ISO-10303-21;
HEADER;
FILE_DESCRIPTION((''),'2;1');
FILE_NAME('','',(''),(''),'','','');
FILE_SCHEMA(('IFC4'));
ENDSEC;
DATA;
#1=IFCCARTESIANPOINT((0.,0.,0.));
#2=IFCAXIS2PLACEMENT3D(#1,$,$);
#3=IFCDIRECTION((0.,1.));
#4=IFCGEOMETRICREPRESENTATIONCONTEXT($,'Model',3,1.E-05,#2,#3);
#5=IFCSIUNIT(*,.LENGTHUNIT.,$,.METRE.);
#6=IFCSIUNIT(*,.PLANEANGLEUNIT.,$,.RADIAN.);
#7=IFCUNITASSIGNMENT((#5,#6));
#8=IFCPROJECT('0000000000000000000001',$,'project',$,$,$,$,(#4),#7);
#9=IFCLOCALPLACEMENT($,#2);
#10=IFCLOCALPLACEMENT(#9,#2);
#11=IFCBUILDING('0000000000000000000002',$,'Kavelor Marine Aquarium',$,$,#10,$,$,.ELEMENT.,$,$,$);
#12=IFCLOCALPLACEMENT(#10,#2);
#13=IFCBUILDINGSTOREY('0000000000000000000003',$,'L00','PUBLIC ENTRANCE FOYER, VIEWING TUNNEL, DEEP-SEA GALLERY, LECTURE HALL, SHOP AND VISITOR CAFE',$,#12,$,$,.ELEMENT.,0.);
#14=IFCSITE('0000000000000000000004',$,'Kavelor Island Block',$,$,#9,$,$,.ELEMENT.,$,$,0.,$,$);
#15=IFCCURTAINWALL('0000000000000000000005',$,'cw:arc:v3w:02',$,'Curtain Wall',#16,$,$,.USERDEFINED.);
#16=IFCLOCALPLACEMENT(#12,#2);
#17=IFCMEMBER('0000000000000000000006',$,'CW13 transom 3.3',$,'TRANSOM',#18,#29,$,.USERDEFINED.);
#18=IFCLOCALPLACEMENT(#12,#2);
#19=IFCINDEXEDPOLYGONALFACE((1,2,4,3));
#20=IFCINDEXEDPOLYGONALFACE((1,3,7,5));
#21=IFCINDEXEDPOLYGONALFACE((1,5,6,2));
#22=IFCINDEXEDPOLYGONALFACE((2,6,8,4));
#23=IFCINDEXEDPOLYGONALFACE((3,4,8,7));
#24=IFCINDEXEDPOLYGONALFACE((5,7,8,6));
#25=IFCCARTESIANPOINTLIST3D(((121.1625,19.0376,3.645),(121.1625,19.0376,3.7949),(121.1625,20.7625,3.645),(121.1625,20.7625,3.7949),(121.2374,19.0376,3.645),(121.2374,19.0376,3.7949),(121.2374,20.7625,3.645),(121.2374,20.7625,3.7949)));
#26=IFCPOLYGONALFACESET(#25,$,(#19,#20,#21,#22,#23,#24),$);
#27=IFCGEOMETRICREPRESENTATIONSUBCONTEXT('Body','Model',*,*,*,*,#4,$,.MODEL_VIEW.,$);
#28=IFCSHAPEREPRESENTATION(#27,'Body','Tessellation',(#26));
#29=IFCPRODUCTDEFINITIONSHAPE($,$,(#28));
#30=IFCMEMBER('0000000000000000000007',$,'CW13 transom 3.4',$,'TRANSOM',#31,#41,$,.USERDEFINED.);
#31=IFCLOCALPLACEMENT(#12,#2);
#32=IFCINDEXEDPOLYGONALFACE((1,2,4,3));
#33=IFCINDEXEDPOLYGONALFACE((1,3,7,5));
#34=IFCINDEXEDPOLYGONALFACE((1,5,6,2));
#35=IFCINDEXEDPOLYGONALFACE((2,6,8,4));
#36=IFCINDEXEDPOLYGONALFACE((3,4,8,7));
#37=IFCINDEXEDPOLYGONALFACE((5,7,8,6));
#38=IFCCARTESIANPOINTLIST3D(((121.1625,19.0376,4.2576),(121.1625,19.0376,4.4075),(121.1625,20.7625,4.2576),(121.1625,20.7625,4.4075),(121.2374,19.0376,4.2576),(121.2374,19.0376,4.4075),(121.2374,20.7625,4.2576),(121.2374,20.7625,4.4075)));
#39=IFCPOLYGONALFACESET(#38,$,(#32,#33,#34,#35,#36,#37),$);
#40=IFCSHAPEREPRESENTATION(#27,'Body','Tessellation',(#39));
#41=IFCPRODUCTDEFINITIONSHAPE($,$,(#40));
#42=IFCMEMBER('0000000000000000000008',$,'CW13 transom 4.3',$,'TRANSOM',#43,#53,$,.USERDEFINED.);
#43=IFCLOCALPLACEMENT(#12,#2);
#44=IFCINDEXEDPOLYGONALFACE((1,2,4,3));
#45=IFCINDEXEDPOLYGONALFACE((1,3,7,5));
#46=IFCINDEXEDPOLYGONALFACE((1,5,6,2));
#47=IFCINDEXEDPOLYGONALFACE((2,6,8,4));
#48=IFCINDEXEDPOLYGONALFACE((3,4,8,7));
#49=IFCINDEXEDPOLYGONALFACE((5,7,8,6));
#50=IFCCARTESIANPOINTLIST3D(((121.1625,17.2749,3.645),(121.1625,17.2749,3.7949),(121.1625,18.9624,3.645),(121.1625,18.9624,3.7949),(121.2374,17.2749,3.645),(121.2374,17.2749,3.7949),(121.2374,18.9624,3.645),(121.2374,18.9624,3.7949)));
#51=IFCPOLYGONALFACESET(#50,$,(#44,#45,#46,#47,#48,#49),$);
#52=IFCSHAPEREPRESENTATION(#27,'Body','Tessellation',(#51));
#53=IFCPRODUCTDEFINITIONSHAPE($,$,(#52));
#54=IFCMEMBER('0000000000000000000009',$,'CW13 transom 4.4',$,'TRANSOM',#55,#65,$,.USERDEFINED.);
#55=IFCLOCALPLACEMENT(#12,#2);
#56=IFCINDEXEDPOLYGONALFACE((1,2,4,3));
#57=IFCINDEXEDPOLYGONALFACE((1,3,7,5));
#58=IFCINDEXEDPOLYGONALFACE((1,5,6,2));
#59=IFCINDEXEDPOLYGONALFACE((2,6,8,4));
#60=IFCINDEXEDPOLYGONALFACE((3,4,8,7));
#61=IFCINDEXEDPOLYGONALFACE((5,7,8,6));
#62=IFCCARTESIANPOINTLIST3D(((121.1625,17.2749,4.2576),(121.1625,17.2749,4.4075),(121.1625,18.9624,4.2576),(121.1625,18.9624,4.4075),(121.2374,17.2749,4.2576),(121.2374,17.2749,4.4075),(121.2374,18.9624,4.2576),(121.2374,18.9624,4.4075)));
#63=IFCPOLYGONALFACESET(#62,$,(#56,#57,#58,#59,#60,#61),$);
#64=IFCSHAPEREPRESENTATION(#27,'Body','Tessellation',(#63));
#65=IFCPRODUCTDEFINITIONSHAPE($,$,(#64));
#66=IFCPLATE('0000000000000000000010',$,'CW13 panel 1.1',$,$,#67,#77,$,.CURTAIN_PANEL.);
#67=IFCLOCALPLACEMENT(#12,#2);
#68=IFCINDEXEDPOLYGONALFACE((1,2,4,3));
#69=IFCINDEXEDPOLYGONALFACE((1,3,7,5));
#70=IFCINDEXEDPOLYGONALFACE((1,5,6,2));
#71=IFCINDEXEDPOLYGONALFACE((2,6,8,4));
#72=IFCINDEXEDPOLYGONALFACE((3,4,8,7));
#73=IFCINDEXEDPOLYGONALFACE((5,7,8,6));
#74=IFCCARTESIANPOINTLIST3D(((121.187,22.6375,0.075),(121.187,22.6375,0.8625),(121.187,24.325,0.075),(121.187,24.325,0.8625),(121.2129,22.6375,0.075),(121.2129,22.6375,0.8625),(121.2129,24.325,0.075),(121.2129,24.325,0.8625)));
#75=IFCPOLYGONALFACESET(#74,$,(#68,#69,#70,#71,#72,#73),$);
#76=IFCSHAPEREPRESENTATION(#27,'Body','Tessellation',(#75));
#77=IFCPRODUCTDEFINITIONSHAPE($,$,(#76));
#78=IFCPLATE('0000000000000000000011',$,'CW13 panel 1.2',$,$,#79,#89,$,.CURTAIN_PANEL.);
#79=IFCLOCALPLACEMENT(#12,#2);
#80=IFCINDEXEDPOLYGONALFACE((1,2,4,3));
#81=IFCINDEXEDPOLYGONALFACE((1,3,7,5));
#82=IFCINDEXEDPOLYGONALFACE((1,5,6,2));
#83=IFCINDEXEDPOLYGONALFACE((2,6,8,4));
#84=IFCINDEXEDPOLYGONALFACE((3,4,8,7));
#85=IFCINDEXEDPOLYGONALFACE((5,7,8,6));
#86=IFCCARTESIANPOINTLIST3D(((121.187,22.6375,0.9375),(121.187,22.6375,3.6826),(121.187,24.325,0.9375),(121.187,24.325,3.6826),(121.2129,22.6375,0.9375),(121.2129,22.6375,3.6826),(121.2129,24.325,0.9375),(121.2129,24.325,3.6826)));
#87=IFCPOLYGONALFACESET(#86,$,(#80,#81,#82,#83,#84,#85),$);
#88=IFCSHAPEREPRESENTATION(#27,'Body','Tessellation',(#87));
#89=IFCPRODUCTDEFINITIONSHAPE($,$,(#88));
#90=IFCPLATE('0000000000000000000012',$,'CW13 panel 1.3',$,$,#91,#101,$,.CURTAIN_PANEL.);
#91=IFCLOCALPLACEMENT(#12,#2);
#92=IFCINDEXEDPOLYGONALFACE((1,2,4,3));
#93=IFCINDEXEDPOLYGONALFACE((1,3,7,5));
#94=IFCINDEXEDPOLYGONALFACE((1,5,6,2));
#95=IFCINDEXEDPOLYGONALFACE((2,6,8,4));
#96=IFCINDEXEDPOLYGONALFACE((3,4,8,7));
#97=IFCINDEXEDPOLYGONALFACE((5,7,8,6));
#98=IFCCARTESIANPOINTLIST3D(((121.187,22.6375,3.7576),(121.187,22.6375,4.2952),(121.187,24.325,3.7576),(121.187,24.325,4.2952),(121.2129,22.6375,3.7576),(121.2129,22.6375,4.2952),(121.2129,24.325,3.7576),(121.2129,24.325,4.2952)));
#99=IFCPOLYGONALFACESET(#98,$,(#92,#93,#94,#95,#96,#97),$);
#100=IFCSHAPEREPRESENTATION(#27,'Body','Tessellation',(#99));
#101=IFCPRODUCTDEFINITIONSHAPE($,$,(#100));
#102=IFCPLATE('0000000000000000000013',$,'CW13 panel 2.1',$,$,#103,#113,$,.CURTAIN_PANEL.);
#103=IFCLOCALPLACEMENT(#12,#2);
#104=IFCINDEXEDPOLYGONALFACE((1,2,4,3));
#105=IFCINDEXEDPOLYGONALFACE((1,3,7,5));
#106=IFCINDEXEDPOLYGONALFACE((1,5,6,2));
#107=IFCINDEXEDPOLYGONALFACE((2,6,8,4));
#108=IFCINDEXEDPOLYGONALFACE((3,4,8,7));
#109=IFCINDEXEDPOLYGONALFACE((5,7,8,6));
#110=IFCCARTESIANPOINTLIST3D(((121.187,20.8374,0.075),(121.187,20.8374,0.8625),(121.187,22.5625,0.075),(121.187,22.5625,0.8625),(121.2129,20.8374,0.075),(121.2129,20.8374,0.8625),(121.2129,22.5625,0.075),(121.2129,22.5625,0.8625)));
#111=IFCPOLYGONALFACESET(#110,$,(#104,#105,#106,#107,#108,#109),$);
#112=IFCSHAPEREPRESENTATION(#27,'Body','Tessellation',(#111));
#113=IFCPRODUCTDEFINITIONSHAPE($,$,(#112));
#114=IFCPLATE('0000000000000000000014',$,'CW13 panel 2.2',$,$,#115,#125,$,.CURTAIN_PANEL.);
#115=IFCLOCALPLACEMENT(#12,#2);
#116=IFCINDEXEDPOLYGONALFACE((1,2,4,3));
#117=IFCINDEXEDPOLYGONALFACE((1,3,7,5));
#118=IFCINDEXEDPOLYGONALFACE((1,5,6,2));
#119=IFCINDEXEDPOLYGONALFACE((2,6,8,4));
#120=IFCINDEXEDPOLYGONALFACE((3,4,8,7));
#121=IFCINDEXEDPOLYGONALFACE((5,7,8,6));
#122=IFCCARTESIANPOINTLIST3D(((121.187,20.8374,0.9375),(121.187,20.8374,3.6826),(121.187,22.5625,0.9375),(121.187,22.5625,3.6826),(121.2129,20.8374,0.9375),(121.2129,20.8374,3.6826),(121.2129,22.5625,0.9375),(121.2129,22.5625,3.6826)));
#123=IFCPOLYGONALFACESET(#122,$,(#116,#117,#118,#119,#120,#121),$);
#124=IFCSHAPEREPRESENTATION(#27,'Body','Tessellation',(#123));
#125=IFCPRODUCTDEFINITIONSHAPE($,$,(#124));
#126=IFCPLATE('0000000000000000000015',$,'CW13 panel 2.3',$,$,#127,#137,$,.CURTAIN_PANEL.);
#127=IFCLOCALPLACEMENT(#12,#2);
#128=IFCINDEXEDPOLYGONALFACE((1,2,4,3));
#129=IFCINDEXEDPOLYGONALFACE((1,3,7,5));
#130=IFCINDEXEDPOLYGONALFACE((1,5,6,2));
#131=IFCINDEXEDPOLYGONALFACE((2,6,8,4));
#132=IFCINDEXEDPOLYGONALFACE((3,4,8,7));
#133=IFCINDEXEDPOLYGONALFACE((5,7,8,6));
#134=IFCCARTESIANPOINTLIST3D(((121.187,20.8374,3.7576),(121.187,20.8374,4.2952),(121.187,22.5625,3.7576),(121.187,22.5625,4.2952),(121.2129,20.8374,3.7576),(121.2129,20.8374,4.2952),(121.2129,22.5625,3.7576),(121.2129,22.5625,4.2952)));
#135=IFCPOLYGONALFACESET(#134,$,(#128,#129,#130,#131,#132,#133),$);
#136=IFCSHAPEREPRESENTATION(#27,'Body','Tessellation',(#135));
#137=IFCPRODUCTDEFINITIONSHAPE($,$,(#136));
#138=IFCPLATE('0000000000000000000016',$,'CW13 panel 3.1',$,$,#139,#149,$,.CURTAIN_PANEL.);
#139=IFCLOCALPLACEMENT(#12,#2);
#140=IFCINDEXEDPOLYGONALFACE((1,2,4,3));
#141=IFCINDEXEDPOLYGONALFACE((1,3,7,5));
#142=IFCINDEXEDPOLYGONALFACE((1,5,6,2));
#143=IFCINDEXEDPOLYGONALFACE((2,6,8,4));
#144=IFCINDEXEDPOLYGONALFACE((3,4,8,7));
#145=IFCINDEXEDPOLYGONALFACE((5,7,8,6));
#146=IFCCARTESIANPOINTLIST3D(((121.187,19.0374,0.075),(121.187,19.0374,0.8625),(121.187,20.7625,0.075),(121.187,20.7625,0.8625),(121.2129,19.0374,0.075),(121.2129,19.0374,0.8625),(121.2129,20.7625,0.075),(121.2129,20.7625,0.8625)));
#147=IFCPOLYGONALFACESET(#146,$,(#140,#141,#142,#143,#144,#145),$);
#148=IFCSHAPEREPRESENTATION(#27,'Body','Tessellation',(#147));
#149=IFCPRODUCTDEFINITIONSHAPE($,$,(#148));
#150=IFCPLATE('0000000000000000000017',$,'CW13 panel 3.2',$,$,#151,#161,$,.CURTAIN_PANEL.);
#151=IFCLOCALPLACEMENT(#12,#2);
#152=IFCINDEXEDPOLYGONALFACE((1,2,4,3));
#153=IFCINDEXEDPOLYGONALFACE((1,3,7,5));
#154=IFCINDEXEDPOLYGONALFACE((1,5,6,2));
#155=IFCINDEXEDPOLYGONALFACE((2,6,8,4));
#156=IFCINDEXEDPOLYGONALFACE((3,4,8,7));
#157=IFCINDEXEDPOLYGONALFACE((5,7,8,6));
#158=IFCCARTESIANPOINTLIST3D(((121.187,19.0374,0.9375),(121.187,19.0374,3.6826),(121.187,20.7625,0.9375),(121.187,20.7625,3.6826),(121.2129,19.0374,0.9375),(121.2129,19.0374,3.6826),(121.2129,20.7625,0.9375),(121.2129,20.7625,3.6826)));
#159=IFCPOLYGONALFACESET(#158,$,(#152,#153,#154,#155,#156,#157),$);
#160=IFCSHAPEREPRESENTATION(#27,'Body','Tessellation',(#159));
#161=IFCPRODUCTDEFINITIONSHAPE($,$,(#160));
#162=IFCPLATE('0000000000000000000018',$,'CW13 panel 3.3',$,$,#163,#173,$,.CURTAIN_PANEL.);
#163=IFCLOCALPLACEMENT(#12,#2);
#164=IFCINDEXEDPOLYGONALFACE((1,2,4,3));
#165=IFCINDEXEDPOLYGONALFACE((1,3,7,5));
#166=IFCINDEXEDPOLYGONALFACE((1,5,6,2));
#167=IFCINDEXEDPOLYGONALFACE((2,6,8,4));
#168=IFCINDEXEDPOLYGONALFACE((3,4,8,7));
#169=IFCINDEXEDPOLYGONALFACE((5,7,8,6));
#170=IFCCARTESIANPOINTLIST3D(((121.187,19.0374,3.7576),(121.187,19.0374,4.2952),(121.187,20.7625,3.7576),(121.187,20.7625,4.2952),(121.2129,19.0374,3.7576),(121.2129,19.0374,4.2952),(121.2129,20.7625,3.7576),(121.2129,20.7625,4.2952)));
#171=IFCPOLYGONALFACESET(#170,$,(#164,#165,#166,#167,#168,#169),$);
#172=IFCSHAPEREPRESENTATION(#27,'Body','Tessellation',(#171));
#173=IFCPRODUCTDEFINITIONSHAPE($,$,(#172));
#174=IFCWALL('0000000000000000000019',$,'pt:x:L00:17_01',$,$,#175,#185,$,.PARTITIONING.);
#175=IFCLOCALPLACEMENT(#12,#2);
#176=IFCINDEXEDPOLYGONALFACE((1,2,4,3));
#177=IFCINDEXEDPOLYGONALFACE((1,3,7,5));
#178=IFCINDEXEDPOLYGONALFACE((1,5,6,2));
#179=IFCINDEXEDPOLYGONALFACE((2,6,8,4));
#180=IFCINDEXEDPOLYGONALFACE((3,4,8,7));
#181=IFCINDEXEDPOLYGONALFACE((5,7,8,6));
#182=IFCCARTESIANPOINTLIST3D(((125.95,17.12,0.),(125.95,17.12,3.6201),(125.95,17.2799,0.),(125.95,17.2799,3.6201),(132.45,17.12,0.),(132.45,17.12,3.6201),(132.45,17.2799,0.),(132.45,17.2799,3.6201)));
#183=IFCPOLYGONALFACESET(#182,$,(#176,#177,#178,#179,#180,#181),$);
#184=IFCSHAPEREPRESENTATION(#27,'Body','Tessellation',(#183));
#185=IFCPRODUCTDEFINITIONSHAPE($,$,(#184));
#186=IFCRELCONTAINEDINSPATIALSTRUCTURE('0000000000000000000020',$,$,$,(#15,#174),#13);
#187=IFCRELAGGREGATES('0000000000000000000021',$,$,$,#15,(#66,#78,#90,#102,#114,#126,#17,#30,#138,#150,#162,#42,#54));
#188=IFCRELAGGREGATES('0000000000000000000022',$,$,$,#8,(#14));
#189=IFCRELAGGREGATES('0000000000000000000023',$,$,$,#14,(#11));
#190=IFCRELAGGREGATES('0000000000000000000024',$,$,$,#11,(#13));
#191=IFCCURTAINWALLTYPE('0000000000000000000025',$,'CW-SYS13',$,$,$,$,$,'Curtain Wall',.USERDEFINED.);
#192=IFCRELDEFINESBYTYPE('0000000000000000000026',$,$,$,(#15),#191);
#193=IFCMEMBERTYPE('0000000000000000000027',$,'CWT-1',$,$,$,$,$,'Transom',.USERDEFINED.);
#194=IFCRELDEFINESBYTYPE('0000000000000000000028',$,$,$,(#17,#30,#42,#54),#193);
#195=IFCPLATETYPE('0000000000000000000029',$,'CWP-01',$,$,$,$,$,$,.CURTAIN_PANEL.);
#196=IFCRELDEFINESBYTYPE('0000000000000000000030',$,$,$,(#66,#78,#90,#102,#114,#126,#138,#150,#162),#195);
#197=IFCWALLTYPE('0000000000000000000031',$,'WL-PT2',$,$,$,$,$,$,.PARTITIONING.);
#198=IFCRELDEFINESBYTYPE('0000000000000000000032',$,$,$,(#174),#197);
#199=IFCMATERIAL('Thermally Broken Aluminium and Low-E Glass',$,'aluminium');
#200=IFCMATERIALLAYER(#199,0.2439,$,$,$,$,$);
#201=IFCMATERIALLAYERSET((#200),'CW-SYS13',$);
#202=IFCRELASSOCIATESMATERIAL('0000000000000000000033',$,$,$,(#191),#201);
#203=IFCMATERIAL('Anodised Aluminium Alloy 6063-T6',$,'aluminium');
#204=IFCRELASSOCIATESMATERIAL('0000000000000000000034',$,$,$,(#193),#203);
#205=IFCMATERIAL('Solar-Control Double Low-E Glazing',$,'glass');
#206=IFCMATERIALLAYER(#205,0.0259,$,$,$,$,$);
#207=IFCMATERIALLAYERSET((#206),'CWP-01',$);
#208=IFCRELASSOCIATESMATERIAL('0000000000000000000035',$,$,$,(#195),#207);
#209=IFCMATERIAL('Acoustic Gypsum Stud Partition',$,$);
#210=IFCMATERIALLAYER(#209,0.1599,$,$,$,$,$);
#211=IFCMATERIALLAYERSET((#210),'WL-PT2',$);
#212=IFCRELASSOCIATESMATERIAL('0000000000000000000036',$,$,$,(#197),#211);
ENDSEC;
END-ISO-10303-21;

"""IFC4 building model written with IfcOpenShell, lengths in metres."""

from ifc_helpers import new_model, si_unit, direction, frame, frame_2d, origin, origin_2d, place, context, subcontext, project, spatial, rectangle, extrude, material, layer, layer_set, material_profile, profile_set, type_object, element, aggregate, save


model = new_model("IFC4")

# Units and contexts
model_context = context("Model", 3, precision=1e-05, world=origin(), true_north=direction((0.0, 1.0)))
body_context = subcontext(model_context, "Body", "Model", "MODEL_VIEW")
ifc_project = project(units=[si_unit("LENGTHUNIT", "METRE"), si_unit("PLANEANGLEUNIT", "RADIAN")], contexts=[model_context])

# Site, building, storey
site_placement = place(None, origin())
site = spatial("IfcSite", under=ifc_project, at=site_placement, Name="Kavelor Island Block", CompositionType="ELEMENT", RefElevation=0.0)
building_placement = place(site_placement, origin())
building = spatial("IfcBuilding", under=site, at=building_placement, Name="Kavelor Marine Aquarium", CompositionType="ELEMENT")
storey_placement = place(building_placement, origin())
storey = spatial("IfcBuildingStorey", under=building, at=storey_placement, Name="L00", Description="PUBLIC ENTRANCE FOYER, VIEWING TUNNEL, DEEP-SEA GALLERY, LECTURE HALL, SHOP AND VISITOR CAFE", CompositionType="ELEMENT", Elevation=0.0)

# Curtain wall, members, plates
ifc_material_1 = material(Name="Thermally Broken Aluminium and Low-E Glass", Category="aluminium")
ifc_layer_1 = layer(ifc_material_1, 0.2439)
ifc_layer_set_1 = layer_set([ifc_layer_1], Name="CW-SYS13")
curtain_wall_type = type_object("IfcCurtainWallType", Name="CW-SYS13", ElementType="Curtain Wall", PredefinedType="USERDEFINED", material=ifc_layer_set_1)
curtain_wall_placement = place(storey_placement, origin())
curtain_wall = element("IfcCurtainWall", 1, at=curtain_wall_placement, inside=storey, type_object=curtain_wall_type, Name="cw:arc:v3w:02", ObjectType="Curtain Wall", PredefinedType="USERDEFINED")
ifc_material_2 = material(Name="Anodised Aluminium Alloy 6063-T6", Category="aluminium")
ifc_material_profile_1 = material_profile(ifc_material_2, rectangle(XDim=0.075, YDim=0.1499, at=origin_2d()), Name="CW-TRN 75x150")
ifc_profile_set_1 = profile_set([ifc_material_profile_1], Name="Anodised Aluminium Alloy 6063-T6")
member_type_1 = type_object("IfcMemberType", Name="CWT-1", ElementType="Transom", PredefinedType="USERDEFINED", material=ifc_profile_set_1)
member_1_placement = place(storey_placement, frame((121.2, 20.7625, 3.72), z_axis=(0.0, -1.0, 0.0), x_axis=(1.0, 0.0, 0.0)))
member_1 = element("IfcMember", 2, at=member_1_placement, type_object=member_type_1, Name="CW13 transom 3.3", ObjectType="TRANSOM", PredefinedType="USERDEFINED", context=body_context, shape_type="SweptSolid", body=[
    extrude(rectangle(XDim=0.075, YDim=0.1499, at=origin_2d()), origin(), (0.0, 0.0, 1.0), 1.7249),
])
member_2_placement = place(storey_placement, frame((121.2, 20.7625, 4.3325), z_axis=(0.0, -1.0, 0.0), x_axis=(1.0, 0.0, 0.0)))
member_2 = element("IfcMember", 3, at=member_2_placement, type_object=member_type_1, Name="CW13 transom 3.4", ObjectType="TRANSOM", PredefinedType="USERDEFINED", context=body_context, shape_type="SweptSolid", body=[
    extrude(rectangle(XDim=0.075, YDim=0.1499, at=origin_2d()), origin(), (0.0, 0.0, 1.0), 1.7249),
])
member_3_placement = place(storey_placement, frame((121.2, 18.9624, 3.72), z_axis=(0.0, -1.0, 0.0), x_axis=(1.0, 0.0, 0.0)))
member_3 = element("IfcMember", 4, at=member_3_placement, type_object=member_type_1, Name="CW13 transom 4.3", ObjectType="TRANSOM", PredefinedType="USERDEFINED", context=body_context, shape_type="SweptSolid", body=[
    extrude(rectangle(XDim=0.075, YDim=0.1499, at=origin_2d()), origin(), (0.0, 0.0, 1.0), 1.6875),
])
member_4_placement = place(storey_placement, frame((121.2, 18.9624, 4.3325), z_axis=(0.0, -1.0, 0.0), x_axis=(1.0, 0.0, 0.0)))
member_4 = element("IfcMember", 5, at=member_4_placement, type_object=member_type_1, Name="CW13 transom 4.4", ObjectType="TRANSOM", PredefinedType="USERDEFINED", context=body_context, shape_type="SweptSolid", body=[
    extrude(rectangle(XDim=0.075, YDim=0.1499, at=origin_2d()), origin(), (0.0, 0.0, 1.0), 1.6875),
])
ifc_material_3 = material(Name="Solar-Control Double Low-E Glazing", Category="glass")
ifc_layer_2 = layer(ifc_material_3, 0.0259)
ifc_layer_set_2 = layer_set([ifc_layer_2], Name="CWP-01")
plate_type = type_object("IfcPlateType", Name="CWP-01", PredefinedType="CURTAIN_PANEL", material=ifc_layer_set_2)
plate_1_placement = place(storey_placement, frame((121.2, 23.4812, 0.075), z_axis=(0.0, 0.0, 1.0), x_axis=(0.0, -1.0, 0.0)))
plate_1 = element("IfcPlate", 6, at=plate_1_placement, type_object=plate_type, Name="CW13 panel 1.1", PredefinedType="CURTAIN_PANEL", context=body_context, shape_type="SweptSolid", body=[
    extrude(rectangle(XDim=1.6875, YDim=0.0259, at=origin_2d()), origin(), (0.0, 0.0, 1.0), 0.7876),
])
plate_2_placement = place(storey_placement, frame((121.2, 23.4812, 0.9375), z_axis=(0.0, 0.0, 1.0), x_axis=(0.0, -1.0, 0.0)))
plate_2 = element("IfcPlate", 7, at=plate_2_placement, type_object=plate_type, Name="CW13 panel 1.2", PredefinedType="CURTAIN_PANEL", context=body_context, shape_type="SweptSolid", body=[
    extrude(rectangle(XDim=1.6875, YDim=0.0259, at=origin_2d()), origin(), (0.0, 0.0, 1.0), 2.7451),
])
plate_3_placement = place(storey_placement, frame((121.2, 23.4812, 3.7576), z_axis=(0.0, 0.0, 1.0), x_axis=(0.0, -1.0, 0.0)))
plate_3 = element("IfcPlate", 8, at=plate_3_placement, type_object=plate_type, Name="CW13 panel 1.3", PredefinedType="CURTAIN_PANEL", context=body_context, shape_type="SweptSolid", body=[
    extrude(rectangle(XDim=1.6875, YDim=0.0259, at=origin_2d()), origin(), (0.0, 0.0, 1.0), 0.5376),
])
plate_4_placement = place(storey_placement, frame((121.2, 21.7, 0.075), z_axis=(0.0, 0.0, 1.0), x_axis=(0.0, -1.0, 0.0)))
plate_4 = element("IfcPlate", 9, at=plate_4_placement, type_object=plate_type, Name="CW13 panel 2.1", PredefinedType="CURTAIN_PANEL", context=body_context, shape_type="SweptSolid", body=[
    extrude(rectangle(XDim=1.7251, YDim=0.0259, at=origin_2d()), origin(), (0.0, 0.0, 1.0), 0.7876),
])
plate_5_placement = place(storey_placement, frame((121.2, 21.7, 0.9375), z_axis=(0.0, 0.0, 1.0), x_axis=(0.0, -1.0, 0.0)))
plate_5 = element("IfcPlate", 10, at=plate_5_placement, type_object=plate_type, Name="CW13 panel 2.2", PredefinedType="CURTAIN_PANEL", context=body_context, shape_type="SweptSolid", body=[
    extrude(rectangle(XDim=1.7251, YDim=0.0259, at=origin_2d()), origin(), (0.0, 0.0, 1.0), 2.7451),
])
plate_6_placement = place(storey_placement, frame((121.2, 21.7, 3.7576), z_axis=(0.0, 0.0, 1.0), x_axis=(0.0, -1.0, 0.0)))
plate_6 = element("IfcPlate", 11, at=plate_6_placement, type_object=plate_type, Name="CW13 panel 2.3", PredefinedType="CURTAIN_PANEL", context=body_context, shape_type="SweptSolid", body=[
    extrude(rectangle(XDim=1.7251, YDim=0.0259, at=origin_2d()), origin(), (0.0, 0.0, 1.0), 0.5376),
])
plate_7_placement = place(storey_placement, frame((121.2, 19.8999, 0.075), z_axis=(0.0, 0.0, 1.0), x_axis=(0.0, -1.0, 0.0)))
plate_7 = element("IfcPlate", 12, at=plate_7_placement, type_object=plate_type, Name="CW13 panel 3.1", PredefinedType="CURTAIN_PANEL", context=body_context, shape_type="SweptSolid", body=[
    extrude(rectangle(XDim=1.7251, YDim=0.0259, at=origin_2d()), origin(), (0.0, 0.0, 1.0), 0.7876),
])
plate_8_placement = place(storey_placement, frame((121.2, 19.8999, 0.9375), z_axis=(0.0, 0.0, 1.0), x_axis=(0.0, -1.0, 0.0)))
plate_8 = element("IfcPlate", 13, at=plate_8_placement, type_object=plate_type, Name="CW13 panel 3.2", PredefinedType="CURTAIN_PANEL", context=body_context, shape_type="SweptSolid", body=[
    extrude(rectangle(XDim=1.7251, YDim=0.0259, at=origin_2d()), origin(), (0.0, 0.0, 1.0), 2.7451),
])
plate_9_placement = place(storey_placement, frame((121.2, 19.8999, 3.7576), z_axis=(0.0, 0.0, 1.0), x_axis=(0.0, -1.0, 0.0)))
plate_9 = element("IfcPlate", 14, at=plate_9_placement, type_object=plate_type, Name="CW13 panel 3.3", PredefinedType="CURTAIN_PANEL", context=body_context, shape_type="SweptSolid", body=[
    extrude(rectangle(XDim=1.7251, YDim=0.0259, at=origin_2d()), origin(), (0.0, 0.0, 1.0), 0.5376),
])
aggregate(curtain_wall, [plate_1, plate_2, plate_3, plate_4, plate_5, plate_6, member_1, member_2, plate_7, plate_8, plate_9, member_3, member_4])

# Wall
ifc_material_4 = material(Name="Acoustic Gypsum Stud Partition")
ifc_layer_3 = layer(ifc_material_4, 0.1599)
ifc_layer_set_3 = layer_set([ifc_layer_3], Name="WL-PT2")
wall_type = type_object("IfcWallType", Name="WL-PT2", PredefinedType="PARTITIONING", material=ifc_layer_set_3)
wall_placement = place(storey_placement, frame((125.95, 17.2, 0.0), z_axis=(0.0, 0.0, 1.0), x_axis=(1.0, 0.0, 0.0)))
element("IfcWall", 15, at=wall_placement, inside=storey, type_object=wall_type, Name="pt:x:L00:17_01", PredefinedType="PARTITIONING", context=body_context, shape_type="SweptSolid", body=[
    extrude(rectangle(XDim=6.5, YDim=0.1599, at=frame_2d((3.25, 0.0))), origin(), (0.0, 0.0, 1.0), 3.6201),
])

save(model, "model.ifc")
